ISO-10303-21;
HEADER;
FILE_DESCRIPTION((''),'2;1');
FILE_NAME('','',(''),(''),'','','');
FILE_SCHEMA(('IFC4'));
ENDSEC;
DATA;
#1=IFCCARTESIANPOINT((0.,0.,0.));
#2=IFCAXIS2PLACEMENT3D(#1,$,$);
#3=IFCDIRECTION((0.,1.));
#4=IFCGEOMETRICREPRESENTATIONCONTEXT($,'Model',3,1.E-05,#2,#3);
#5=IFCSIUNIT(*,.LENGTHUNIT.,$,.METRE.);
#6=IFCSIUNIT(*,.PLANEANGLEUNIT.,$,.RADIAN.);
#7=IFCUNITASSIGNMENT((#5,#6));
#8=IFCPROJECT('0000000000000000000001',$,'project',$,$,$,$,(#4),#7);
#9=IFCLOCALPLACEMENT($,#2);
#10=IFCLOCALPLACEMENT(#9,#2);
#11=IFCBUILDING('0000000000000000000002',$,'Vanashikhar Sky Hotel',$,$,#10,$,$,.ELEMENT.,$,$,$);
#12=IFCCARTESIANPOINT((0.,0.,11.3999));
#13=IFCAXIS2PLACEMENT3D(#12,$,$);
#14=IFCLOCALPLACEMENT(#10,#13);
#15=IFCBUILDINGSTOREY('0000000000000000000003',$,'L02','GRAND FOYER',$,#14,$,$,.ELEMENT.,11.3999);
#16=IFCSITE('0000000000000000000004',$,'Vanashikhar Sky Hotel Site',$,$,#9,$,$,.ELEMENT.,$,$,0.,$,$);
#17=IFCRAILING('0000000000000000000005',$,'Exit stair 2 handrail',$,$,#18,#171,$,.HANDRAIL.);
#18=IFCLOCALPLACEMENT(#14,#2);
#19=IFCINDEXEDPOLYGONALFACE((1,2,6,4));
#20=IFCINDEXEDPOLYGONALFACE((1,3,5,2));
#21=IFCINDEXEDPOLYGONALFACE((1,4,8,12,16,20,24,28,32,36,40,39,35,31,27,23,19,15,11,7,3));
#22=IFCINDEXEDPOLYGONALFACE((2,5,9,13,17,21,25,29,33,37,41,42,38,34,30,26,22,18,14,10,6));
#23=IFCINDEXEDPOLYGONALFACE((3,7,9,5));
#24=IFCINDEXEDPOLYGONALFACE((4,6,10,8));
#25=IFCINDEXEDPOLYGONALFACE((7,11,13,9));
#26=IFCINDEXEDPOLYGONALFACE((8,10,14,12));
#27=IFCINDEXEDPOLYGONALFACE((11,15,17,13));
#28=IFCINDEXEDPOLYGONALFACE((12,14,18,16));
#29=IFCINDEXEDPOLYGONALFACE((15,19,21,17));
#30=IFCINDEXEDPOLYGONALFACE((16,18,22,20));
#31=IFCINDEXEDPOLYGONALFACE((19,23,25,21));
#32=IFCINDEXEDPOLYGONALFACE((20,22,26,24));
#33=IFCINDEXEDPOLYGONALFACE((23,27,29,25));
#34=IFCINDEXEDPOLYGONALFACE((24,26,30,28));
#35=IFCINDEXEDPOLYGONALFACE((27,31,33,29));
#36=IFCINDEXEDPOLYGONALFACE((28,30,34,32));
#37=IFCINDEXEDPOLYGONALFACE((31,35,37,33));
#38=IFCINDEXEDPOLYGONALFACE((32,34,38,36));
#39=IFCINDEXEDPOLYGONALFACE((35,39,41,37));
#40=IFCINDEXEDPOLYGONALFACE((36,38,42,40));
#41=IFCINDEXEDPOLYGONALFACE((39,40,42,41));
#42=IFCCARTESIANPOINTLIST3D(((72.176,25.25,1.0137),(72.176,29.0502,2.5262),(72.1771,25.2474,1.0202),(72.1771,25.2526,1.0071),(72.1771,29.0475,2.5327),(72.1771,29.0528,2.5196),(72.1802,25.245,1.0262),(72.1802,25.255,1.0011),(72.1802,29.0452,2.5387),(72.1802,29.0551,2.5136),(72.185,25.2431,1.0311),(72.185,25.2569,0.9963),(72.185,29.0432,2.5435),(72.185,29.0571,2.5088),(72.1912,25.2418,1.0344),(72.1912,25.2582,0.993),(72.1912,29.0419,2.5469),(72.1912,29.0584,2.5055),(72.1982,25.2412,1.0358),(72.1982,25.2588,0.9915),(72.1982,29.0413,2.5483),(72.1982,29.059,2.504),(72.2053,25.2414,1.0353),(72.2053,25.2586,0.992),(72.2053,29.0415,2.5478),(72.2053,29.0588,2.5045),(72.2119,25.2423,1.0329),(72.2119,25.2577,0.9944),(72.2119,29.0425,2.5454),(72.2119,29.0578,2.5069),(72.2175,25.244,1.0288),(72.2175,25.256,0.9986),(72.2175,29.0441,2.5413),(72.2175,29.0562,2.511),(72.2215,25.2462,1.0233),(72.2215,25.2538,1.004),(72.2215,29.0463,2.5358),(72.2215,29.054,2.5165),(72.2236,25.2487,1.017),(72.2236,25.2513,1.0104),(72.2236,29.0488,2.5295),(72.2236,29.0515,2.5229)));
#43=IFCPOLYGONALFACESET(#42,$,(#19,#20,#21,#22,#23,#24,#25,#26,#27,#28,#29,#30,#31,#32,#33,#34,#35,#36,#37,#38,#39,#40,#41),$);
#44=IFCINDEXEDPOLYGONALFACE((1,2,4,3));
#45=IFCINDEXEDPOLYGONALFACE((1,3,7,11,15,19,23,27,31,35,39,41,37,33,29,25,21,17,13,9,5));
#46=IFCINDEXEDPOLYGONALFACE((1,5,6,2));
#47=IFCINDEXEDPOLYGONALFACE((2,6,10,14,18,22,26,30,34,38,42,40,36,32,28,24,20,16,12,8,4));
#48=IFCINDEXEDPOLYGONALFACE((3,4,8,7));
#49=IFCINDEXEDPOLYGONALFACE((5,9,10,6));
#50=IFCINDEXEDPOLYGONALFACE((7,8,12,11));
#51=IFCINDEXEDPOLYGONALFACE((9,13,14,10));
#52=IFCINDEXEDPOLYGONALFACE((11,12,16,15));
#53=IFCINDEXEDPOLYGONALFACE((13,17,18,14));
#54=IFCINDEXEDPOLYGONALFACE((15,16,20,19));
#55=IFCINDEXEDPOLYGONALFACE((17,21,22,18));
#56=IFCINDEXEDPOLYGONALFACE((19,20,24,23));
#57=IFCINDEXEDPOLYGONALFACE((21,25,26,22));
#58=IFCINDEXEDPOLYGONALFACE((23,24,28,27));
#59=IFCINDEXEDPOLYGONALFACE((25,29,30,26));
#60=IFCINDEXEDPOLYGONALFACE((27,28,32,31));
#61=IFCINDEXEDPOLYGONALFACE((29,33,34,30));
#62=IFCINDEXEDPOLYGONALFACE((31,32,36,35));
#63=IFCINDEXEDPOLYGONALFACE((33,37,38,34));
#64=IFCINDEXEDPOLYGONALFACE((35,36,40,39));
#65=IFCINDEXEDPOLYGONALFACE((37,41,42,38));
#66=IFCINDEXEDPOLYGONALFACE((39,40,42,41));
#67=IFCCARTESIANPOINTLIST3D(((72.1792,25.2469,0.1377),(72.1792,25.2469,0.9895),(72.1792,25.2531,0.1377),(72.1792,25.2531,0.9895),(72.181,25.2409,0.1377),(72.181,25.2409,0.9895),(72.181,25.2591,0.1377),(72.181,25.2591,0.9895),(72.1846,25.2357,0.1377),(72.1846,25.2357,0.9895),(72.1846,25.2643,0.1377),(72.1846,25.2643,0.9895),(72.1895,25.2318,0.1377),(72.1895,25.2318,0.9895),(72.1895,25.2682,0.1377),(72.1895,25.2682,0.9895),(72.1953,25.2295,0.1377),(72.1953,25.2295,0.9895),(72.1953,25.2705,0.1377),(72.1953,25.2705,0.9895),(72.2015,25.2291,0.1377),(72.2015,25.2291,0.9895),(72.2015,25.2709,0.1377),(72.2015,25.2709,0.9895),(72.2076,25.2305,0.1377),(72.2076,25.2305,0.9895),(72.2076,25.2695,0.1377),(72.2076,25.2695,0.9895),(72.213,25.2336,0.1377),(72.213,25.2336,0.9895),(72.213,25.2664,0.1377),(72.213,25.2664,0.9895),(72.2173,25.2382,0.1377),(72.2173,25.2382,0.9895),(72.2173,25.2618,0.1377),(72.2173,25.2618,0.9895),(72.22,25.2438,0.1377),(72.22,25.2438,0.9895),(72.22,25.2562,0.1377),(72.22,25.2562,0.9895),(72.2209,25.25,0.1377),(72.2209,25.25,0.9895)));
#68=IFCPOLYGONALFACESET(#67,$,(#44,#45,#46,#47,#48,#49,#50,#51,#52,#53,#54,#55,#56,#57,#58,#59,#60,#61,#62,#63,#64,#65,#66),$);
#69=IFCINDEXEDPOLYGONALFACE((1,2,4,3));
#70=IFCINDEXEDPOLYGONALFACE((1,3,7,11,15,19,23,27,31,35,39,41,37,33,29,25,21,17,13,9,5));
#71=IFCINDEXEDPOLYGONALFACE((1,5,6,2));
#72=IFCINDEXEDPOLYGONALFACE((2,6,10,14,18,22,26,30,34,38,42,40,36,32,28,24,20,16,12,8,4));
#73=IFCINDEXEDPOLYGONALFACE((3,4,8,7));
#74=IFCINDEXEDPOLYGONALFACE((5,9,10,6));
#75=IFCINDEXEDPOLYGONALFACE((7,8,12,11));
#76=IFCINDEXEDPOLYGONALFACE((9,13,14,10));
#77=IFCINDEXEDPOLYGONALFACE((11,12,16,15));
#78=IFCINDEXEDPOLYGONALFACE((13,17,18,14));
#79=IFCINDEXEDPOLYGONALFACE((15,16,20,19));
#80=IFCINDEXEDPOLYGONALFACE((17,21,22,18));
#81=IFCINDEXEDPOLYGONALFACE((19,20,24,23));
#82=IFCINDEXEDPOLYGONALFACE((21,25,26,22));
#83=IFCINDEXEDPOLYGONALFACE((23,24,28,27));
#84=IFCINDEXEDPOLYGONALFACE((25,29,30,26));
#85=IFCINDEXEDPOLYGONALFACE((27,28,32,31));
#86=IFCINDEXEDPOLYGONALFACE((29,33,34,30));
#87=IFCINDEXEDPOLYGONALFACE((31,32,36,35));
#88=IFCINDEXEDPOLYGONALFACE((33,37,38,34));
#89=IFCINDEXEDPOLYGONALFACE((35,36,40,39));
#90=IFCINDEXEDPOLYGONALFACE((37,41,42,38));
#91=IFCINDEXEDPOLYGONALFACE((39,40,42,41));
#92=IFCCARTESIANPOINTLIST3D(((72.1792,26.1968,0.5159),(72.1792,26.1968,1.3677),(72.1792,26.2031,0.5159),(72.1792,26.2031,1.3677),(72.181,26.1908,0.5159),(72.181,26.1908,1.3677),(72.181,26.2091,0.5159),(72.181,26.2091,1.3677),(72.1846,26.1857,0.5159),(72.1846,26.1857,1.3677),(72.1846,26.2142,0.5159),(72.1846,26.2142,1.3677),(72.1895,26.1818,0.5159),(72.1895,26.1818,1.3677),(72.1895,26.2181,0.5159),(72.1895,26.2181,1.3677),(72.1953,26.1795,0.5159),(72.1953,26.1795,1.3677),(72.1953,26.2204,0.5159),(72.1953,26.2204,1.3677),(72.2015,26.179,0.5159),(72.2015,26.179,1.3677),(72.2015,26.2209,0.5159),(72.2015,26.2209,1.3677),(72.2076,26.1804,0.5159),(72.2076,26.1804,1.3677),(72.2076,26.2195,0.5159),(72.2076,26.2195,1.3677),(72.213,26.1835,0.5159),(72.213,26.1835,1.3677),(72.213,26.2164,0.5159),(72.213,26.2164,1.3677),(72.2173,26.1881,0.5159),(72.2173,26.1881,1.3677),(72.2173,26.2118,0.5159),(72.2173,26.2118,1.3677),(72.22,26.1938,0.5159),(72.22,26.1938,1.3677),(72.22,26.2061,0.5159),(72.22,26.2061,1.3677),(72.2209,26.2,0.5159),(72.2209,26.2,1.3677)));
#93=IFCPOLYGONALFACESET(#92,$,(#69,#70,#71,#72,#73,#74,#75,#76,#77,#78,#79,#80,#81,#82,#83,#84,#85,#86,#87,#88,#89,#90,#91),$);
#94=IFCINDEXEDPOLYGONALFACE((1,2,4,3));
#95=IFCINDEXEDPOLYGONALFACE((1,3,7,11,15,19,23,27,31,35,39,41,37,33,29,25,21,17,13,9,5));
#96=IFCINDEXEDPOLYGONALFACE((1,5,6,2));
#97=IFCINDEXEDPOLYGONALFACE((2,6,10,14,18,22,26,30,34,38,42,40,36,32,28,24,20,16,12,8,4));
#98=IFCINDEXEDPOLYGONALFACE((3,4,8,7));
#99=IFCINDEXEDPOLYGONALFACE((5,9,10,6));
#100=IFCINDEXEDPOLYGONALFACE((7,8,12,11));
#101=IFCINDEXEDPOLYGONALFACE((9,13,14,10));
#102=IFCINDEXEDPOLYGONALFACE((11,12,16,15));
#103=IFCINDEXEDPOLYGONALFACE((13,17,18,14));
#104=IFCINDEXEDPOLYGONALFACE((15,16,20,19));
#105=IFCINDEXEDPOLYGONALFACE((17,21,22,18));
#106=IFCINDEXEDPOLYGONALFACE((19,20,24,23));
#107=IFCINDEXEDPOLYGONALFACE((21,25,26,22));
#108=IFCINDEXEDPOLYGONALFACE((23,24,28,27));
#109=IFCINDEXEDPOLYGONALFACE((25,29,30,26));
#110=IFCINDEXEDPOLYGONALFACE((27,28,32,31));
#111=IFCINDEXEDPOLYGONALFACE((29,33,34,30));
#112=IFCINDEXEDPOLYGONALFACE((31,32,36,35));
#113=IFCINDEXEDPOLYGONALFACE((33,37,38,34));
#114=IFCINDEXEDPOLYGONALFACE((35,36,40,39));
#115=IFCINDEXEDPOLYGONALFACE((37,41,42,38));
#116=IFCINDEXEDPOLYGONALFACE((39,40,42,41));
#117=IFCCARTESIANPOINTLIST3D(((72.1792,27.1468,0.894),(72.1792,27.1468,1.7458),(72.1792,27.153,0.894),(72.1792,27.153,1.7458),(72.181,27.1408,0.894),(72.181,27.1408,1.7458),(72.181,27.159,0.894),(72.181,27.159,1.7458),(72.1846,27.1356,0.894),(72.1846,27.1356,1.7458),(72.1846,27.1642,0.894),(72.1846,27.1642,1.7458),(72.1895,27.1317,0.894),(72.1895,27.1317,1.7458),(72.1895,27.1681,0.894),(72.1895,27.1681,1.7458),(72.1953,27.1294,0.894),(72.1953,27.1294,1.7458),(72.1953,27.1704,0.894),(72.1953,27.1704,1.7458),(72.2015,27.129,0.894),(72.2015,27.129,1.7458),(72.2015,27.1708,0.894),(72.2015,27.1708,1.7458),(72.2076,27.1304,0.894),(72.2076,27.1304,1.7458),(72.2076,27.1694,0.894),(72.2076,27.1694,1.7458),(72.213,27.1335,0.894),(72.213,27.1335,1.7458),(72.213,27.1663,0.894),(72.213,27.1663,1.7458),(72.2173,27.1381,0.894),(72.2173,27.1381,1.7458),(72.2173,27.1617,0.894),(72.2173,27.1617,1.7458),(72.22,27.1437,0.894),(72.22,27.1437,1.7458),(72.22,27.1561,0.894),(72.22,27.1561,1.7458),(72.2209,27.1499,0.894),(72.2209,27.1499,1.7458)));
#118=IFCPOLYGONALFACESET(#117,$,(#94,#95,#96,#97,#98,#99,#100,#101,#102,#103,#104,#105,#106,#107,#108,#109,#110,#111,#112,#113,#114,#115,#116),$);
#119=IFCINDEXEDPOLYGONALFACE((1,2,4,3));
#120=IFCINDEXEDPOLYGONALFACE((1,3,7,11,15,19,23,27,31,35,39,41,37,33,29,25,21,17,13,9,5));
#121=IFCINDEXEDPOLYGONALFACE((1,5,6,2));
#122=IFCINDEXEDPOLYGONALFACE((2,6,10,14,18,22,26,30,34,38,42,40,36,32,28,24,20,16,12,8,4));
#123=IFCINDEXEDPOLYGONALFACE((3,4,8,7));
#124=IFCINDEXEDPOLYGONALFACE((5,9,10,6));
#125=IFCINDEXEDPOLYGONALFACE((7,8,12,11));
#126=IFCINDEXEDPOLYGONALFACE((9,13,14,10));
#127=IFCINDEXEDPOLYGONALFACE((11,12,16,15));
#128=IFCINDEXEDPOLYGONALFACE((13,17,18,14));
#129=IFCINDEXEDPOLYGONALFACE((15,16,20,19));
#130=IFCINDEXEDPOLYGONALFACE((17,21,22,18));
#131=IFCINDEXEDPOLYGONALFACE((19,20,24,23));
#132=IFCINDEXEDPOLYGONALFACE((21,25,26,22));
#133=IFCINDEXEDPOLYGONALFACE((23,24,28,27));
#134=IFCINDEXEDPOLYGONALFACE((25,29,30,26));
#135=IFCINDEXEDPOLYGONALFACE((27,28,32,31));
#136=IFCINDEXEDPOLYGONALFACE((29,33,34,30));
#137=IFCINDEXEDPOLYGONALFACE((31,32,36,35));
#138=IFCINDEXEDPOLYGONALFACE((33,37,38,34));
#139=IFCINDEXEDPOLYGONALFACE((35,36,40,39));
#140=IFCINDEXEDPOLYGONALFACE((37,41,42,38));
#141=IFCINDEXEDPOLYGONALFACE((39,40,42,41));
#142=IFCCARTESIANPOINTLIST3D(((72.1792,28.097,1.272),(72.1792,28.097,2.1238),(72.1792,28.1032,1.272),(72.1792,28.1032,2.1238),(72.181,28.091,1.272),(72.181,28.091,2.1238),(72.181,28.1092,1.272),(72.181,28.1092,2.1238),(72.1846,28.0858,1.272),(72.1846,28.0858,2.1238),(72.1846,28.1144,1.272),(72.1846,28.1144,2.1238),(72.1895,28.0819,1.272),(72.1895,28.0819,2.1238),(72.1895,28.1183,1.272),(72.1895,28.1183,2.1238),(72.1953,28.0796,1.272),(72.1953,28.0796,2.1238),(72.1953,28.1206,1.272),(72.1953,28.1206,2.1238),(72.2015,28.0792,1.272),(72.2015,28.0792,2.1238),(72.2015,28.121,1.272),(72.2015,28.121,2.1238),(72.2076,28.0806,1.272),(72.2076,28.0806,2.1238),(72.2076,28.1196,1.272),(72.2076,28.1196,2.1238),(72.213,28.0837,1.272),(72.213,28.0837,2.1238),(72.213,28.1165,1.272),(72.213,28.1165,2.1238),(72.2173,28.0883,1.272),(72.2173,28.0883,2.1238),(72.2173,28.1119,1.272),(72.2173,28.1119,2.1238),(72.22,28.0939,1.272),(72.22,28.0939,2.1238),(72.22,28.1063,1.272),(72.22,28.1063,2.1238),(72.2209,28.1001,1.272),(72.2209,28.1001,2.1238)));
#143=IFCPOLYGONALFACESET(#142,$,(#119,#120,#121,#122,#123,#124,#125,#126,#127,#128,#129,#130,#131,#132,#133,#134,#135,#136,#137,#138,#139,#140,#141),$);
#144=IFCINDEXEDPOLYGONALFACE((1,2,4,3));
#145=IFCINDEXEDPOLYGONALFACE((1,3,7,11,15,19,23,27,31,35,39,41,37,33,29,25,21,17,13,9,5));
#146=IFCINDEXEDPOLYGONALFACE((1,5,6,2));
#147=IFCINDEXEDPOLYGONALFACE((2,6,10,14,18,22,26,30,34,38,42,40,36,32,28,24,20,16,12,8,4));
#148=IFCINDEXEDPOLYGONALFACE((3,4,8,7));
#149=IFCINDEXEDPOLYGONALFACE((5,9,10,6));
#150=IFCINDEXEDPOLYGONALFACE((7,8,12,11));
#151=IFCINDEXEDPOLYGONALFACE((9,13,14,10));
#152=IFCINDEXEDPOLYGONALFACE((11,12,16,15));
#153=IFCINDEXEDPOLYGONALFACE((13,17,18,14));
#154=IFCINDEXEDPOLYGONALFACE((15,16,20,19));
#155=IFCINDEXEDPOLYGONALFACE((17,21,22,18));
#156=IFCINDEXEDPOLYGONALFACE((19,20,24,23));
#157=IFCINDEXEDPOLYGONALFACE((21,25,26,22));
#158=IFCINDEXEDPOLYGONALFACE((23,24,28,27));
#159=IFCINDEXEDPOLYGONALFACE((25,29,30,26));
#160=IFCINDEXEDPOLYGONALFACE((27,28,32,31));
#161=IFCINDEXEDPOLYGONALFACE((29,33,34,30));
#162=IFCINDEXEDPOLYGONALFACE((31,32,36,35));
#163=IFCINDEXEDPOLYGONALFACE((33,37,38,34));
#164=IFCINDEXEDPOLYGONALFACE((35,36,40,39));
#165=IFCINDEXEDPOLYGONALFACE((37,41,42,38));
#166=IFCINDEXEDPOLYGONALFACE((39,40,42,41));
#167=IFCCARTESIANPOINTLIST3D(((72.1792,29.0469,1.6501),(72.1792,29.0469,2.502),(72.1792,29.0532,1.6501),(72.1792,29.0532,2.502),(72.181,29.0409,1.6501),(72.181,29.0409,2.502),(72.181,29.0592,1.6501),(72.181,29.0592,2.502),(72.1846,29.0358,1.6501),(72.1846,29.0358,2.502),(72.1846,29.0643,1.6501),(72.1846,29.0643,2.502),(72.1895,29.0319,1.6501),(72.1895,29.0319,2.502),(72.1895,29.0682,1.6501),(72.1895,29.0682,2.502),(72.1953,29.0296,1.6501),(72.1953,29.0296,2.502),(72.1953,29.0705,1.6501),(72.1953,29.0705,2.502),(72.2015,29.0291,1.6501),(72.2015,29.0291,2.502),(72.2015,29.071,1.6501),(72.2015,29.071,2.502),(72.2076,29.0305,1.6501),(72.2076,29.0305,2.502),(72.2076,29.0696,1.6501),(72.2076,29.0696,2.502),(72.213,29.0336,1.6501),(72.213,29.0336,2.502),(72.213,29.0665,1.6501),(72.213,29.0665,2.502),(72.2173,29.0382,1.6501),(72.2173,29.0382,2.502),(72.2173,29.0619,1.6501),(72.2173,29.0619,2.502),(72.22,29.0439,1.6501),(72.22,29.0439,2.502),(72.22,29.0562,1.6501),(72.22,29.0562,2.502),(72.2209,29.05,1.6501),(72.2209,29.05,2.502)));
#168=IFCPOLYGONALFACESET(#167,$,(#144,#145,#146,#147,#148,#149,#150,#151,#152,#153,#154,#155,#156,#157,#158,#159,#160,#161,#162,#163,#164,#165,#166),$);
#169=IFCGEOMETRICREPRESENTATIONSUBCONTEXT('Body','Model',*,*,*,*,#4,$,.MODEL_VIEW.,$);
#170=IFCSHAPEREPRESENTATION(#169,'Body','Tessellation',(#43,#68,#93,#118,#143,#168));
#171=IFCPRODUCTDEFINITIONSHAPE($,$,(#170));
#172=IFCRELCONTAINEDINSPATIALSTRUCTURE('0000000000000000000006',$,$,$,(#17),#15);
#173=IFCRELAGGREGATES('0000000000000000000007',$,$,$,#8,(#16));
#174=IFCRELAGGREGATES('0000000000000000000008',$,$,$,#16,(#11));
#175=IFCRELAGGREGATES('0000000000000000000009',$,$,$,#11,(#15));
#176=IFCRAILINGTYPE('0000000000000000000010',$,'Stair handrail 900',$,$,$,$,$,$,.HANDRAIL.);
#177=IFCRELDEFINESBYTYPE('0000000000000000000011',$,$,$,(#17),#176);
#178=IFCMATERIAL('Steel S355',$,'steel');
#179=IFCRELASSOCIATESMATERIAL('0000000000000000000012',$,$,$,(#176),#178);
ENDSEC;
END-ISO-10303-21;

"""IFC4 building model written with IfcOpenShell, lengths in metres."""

from ifc_helpers import new_model, si_unit, direction, frame, origin, origin_2d, place, context, subcontext, project, spatial, circle, extrude, source, transform, mapped, material, type_object, element, save


model = new_model("IFC4")

# Units and contexts
model_context = context("Model", 3, precision=1e-05, world=origin(), true_north=direction((0.0, 1.0)))
body_context = subcontext(model_context, "Body", "Model", "MODEL_VIEW")
ifc_project = project(units=[si_unit("LENGTHUNIT", "METRE"), si_unit("PLANEANGLEUNIT", "RADIAN")], contexts=[model_context])

# Site, building, storey
site_placement = place(None, origin())
site = spatial("IfcSite", under=ifc_project, at=site_placement, Name="Vanashikhar Sky Hotel Site", CompositionType="ELEMENT", RefElevation=0.0)
building_placement = place(site_placement, origin())
building = spatial("IfcBuilding", under=site, at=building_placement, Name="Vanashikhar Sky Hotel", CompositionType="ELEMENT")
storey_placement = place(building_placement, frame((0.0, 0.0, 11.3999)))
storey = spatial("IfcBuildingStorey", under=building, at=storey_placement, Name="L02", Description="GRAND FOYER", CompositionType="ELEMENT", Elevation=11.3999)

# Railing
ifc_material_1 = material(Name="Steel S355", Category="steel")
railing_type_1 = type_object("IfcRailingType", Name="Stair handrail 900", PredefinedType="HANDRAIL", material=ifc_material_1)
shared_shape_1 = source(origin(), body_context, "Body", "SweptSolid", [
    extrude(circle(Radius=0.0239, at=origin_2d()), frame((0.0, 0.0, 0.876), z_axis=(0.0, 0.929113, 0.369795), x_axis=(-1.0, 0.0, 0.0)), (0.0, 0.0, 1.0), 4.0901),
    extrude(circle(Radius=0.021, at=origin_2d()), origin(), (0.0, 0.0, 1.0), 0.8518),
    extrude(circle(Radius=0.021, at=origin_2d()), frame((0.0, 0.95, 0.3782)), (0.0, 0.0, 1.0), 0.8518),
    extrude(circle(Radius=0.021, at=origin_2d()), frame((0.0, 1.8999, 0.7563)), (0.0, 0.0, 1.0), 0.8518),
    extrude(circle(Radius=0.021, at=origin_2d()), frame((0.0, 2.8501, 1.1343)), (0.0, 0.0, 1.0), 0.8518),
    extrude(circle(Radius=0.021, at=origin_2d()), frame((0.0, 3.8, 1.5125)), (0.0, 0.0, 1.0), 0.8518),
])
railing_1_placement = place(storey_placement, frame((72.2, 25.25, 0.1377)))
element("IfcRailing", 1, at=railing_1_placement, inside=storey, type_object=railing_type_1, Name="Exit stair 2 handrail", PredefinedType="HANDRAIL", context=body_context, shape_type="MappedRepresentation", body=[
    mapped(shared_shape_1, transform((0.0, 0.0, 0.0), scale=1.0)),
])

save(model, "model.ifc")
